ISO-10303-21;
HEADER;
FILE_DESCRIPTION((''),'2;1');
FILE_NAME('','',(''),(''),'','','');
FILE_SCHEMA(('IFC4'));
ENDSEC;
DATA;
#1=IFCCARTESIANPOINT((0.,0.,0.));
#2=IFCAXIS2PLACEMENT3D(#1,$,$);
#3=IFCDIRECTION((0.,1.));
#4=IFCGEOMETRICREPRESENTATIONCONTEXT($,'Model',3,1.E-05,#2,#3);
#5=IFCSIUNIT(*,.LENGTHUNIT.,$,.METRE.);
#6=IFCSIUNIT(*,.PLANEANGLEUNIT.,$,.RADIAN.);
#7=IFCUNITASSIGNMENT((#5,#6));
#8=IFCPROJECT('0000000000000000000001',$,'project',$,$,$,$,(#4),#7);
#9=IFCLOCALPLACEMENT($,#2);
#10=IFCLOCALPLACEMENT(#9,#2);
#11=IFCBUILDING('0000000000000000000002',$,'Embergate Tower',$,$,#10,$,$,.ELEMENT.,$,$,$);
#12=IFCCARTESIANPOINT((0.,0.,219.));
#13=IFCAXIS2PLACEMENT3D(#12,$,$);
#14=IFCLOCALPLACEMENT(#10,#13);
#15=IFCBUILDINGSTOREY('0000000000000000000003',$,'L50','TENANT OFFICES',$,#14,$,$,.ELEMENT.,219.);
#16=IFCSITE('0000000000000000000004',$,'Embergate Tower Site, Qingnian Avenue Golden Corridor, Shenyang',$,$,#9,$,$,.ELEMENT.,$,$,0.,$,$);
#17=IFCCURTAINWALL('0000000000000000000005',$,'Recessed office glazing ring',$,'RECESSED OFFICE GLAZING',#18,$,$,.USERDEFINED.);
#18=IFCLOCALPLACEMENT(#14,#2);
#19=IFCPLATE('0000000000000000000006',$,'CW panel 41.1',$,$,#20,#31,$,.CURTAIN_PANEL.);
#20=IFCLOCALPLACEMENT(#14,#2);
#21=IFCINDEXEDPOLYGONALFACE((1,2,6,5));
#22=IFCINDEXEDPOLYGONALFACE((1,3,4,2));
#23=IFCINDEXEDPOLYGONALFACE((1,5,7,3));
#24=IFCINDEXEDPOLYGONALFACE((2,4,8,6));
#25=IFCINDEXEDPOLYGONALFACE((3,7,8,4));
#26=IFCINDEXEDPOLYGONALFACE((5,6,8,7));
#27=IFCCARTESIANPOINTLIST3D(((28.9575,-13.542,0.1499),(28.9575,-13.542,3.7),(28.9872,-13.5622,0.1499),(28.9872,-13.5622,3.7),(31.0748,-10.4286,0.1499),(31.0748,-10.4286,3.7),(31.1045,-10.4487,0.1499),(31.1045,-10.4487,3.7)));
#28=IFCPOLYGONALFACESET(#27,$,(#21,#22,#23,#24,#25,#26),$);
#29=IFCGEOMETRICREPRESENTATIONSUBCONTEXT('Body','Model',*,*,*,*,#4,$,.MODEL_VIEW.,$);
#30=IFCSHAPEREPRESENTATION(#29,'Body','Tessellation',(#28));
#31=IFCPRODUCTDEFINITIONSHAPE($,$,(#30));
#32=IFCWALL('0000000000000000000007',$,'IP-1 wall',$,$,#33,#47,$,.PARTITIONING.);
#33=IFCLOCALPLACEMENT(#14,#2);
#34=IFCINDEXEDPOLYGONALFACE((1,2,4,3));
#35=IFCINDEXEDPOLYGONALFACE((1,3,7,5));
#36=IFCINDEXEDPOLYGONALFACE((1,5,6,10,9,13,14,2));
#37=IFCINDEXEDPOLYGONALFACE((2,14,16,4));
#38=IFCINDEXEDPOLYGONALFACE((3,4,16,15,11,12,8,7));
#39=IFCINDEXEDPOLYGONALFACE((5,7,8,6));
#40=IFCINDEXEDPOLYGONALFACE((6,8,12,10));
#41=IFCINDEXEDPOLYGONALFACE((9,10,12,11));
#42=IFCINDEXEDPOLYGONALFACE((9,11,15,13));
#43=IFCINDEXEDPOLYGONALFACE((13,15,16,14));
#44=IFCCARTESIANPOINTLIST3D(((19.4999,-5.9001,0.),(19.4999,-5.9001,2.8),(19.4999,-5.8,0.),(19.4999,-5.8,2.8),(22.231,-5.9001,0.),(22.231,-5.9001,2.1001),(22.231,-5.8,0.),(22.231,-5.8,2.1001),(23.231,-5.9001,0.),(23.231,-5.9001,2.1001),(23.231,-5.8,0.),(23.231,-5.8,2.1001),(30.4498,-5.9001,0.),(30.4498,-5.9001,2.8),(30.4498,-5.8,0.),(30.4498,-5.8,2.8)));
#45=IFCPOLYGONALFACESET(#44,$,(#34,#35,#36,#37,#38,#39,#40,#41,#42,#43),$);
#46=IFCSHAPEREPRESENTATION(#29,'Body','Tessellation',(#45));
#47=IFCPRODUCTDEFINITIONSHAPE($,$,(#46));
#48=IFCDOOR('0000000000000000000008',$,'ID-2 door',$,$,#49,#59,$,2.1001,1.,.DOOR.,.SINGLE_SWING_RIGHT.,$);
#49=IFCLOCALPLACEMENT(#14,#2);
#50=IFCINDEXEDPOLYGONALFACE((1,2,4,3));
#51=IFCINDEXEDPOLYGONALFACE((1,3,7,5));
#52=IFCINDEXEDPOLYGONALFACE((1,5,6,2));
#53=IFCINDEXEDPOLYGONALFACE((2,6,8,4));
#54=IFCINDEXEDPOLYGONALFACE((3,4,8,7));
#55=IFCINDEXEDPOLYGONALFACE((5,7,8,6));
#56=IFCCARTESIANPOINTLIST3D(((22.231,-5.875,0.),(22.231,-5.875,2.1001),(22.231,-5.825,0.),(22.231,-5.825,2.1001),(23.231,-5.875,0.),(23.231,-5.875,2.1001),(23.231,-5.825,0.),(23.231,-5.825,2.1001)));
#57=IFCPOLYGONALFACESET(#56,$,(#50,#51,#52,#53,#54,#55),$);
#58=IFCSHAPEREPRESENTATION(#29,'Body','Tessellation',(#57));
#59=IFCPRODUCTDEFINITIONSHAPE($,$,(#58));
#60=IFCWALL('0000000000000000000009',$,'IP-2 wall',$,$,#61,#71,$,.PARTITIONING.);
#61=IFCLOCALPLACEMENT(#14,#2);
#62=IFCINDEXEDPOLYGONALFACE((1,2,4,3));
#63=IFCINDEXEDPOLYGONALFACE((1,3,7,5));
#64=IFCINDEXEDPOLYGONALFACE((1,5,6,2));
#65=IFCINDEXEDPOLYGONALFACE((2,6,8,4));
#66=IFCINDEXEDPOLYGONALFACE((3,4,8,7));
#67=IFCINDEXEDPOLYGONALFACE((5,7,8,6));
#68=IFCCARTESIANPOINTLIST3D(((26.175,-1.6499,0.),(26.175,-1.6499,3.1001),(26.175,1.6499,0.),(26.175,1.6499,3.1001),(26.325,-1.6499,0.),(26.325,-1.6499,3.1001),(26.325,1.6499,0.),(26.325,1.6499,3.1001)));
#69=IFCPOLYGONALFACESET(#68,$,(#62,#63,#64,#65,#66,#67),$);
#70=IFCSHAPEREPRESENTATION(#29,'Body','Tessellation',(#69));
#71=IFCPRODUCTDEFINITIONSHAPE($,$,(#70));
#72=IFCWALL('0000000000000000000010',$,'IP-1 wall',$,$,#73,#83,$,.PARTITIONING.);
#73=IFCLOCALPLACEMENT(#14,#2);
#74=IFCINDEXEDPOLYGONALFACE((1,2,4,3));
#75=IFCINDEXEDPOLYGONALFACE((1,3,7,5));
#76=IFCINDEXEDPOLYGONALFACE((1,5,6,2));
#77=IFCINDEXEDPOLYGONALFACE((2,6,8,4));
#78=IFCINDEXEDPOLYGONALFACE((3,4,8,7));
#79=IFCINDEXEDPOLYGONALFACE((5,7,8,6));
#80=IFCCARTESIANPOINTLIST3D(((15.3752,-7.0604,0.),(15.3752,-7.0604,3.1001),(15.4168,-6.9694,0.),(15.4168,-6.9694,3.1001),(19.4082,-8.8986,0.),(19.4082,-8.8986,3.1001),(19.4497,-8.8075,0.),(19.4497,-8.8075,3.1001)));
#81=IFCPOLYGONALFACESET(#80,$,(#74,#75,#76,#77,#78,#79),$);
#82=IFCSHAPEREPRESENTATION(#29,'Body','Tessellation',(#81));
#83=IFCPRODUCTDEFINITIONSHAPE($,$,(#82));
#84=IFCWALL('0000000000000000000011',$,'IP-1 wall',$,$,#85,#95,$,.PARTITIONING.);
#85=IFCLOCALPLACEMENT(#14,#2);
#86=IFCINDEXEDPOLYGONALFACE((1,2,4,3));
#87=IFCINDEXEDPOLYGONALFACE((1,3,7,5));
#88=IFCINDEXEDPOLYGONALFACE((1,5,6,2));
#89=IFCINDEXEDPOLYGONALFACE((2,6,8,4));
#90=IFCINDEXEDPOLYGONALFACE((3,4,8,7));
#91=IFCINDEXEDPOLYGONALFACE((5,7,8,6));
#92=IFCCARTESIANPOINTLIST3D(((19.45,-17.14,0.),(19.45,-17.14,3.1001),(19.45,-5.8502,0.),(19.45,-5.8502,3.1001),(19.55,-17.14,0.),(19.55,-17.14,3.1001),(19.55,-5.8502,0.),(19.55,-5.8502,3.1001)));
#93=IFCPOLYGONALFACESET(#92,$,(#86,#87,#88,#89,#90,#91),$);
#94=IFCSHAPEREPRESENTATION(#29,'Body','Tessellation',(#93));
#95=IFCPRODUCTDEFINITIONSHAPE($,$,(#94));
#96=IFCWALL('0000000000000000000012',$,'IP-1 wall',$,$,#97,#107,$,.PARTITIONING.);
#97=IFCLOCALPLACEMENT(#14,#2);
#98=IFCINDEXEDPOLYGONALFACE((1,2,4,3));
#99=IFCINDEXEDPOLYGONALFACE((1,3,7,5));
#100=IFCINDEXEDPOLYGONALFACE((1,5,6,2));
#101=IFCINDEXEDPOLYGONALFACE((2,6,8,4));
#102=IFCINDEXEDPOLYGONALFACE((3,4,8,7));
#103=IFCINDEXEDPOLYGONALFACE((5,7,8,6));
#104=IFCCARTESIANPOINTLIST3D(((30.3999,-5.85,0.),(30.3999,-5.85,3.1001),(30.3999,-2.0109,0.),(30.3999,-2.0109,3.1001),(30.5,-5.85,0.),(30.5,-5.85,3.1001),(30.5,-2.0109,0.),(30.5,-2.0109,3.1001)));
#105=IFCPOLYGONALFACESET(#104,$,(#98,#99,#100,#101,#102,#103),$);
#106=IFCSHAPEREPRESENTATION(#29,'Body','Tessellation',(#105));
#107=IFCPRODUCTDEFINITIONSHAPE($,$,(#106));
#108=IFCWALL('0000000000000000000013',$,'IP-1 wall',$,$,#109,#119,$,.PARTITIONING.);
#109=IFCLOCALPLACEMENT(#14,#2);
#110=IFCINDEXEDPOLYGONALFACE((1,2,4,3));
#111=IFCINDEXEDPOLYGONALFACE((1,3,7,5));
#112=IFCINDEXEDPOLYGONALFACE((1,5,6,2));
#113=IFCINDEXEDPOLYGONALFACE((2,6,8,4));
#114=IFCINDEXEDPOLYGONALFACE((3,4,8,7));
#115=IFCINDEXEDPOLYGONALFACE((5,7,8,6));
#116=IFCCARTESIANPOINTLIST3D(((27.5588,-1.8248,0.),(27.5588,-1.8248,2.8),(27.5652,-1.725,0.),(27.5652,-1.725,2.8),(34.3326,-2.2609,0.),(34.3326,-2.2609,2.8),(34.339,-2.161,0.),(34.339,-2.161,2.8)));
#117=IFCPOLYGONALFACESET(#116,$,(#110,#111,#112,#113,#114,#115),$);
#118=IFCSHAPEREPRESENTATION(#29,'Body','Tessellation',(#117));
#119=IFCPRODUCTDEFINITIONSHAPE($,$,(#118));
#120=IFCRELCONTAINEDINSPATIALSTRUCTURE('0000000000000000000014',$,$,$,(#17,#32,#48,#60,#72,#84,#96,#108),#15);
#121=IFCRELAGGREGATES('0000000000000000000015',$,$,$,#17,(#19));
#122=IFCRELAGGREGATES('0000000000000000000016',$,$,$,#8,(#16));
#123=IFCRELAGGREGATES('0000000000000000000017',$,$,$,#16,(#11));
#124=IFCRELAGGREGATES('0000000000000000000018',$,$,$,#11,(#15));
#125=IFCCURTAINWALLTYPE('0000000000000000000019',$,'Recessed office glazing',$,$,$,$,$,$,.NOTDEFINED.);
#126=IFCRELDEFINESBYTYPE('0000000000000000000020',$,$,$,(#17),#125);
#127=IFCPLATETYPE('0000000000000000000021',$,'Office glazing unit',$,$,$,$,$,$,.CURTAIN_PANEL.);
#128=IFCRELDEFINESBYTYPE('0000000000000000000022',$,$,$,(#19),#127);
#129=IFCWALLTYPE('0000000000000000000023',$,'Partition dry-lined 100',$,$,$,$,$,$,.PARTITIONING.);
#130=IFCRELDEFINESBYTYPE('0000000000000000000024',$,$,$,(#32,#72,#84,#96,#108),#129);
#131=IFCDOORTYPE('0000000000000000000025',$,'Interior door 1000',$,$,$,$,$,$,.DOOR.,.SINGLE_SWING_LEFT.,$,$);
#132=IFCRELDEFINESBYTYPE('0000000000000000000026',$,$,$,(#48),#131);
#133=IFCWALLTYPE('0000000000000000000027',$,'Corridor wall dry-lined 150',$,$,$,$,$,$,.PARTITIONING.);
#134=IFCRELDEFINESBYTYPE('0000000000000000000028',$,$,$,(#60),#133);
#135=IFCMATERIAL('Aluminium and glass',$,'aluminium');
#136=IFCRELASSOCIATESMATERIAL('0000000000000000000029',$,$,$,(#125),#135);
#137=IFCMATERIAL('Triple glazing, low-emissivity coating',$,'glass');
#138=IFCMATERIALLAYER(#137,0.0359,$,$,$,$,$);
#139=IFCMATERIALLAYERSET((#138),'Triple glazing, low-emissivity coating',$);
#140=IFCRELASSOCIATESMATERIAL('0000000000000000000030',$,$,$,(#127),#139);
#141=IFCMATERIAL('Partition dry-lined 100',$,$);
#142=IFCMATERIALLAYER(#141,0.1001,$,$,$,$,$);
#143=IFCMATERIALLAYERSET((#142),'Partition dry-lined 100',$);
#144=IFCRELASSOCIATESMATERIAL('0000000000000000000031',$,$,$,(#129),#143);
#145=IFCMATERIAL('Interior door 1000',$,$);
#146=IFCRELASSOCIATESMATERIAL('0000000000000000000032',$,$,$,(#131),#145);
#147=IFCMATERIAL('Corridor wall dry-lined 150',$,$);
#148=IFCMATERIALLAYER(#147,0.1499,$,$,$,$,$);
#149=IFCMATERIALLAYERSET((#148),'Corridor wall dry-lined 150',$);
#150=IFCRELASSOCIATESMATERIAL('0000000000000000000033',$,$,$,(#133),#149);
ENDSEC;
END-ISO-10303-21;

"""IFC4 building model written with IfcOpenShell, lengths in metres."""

from ifc_helpers import new_model, si_unit, direction, frame, frame_2d, origin, origin_2d, place, context, subcontext, project, spatial, rectangle, extrude, source, transform, mapped, material, layer, layer_set, type_object, element, fill, aggregate, save


model = new_model("IFC4")

# Units and contexts
model_context = context("Model", 3, precision=1e-05, world=origin(), true_north=direction((0.0, 1.0)))
body_context = subcontext(model_context, "Body", "Model", "MODEL_VIEW")
ifc_project = project(units=[si_unit("LENGTHUNIT", "METRE"), si_unit("PLANEANGLEUNIT", "RADIAN")], contexts=[model_context])

# Site, building, storey
site_placement = place(None, origin())
site = spatial("IfcSite", under=ifc_project, at=site_placement, Name="Embergate Tower Site, Qingnian Avenue Golden Corridor, Shenyang", CompositionType="ELEMENT", RefElevation=0.0)
building_placement = place(site_placement, origin())
building = spatial("IfcBuilding", under=site, at=building_placement, Name="Embergate Tower", CompositionType="ELEMENT")
storey_placement = place(building_placement, frame((0.0, 0.0, 219.0)))
storey = spatial("IfcBuildingStorey", under=building, at=storey_placement, Name="L50", Description="TENANT OFFICES", CompositionType="ELEMENT", Elevation=219.0)

# Curtain wall, plate
ifc_material_1 = material(Name="Aluminium and glass", Category="aluminium")
curtain_wall_type = type_object("IfcCurtainWallType", Name="Recessed office glazing", PredefinedType="NOTDEFINED", material=ifc_material_1)
curtain_wall_placement = place(storey_placement, origin())
curtain_wall = element("IfcCurtainWall", 1, at=curtain_wall_placement, inside=storey, type_object=curtain_wall_type, Name="Recessed office glazing ring", ObjectType="RECESSED OFFICE GLAZING", PredefinedType="USERDEFINED")
ifc_material_2 = material(Name="Triple glazing, low-emissivity coating", Category="glass")
ifc_layer_1 = layer(ifc_material_2, 0.0359)
ifc_layer_set_1 = layer_set([ifc_layer_1], Name="Triple glazing, low-emissivity coating")
plate_type = type_object("IfcPlateType", Name="Office glazing unit", PredefinedType="CURTAIN_PANEL", material=ifc_layer_set_1)
shared_shape_1 = source(origin(), body_context, "Body", "SweptSolid", [
    extrude(rectangle(XDim=3.7651, YDim=0.0359, at=origin_2d()), origin(), (0.0, 0.0, 1.0), 3.55),
])
plate_1_placement = place(storey_placement, frame((30.031, -11.9954, 0.1499), z_axis=(0.0, 0.0, 1.0), x_axis=(0.562339, 0.826907, 0.0)))
plate_1 = element("IfcPlate", 2, at=plate_1_placement, type_object=plate_type, Name="CW panel 41.1", PredefinedType="CURTAIN_PANEL", context=body_context, shape_type="MappedRepresentation", body=[
    mapped(shared_shape_1, transform((0.0, 0.0, 0.0))),
])
aggregate(curtain_wall, [plate_1])

# Wall, opening, door
ifc_material_3 = material(Name="Partition dry-lined 100")
ifc_layer_2 = layer(ifc_material_3, 0.1001)
ifc_layer_set_2 = layer_set([ifc_layer_2], Name="Partition dry-lined 100")
wall_type_1 = type_object("IfcWallType", Name="Partition dry-lined 100", PredefinedType="PARTITIONING", material=ifc_layer_set_2)
shared_shape_2 = source(origin(), body_context, "Body", "SweptSolid", [
    extrude(rectangle(XDim=10.95, YDim=0.1001, at=frame_2d((5.4751, 0.0))), origin(), (0.0, 0.0, 1.0), 2.8),
])
wall_1_placement = place(storey_placement, frame((30.45, -5.8501, 0.0), z_axis=(0.0, 0.0, 1.0), x_axis=(-1.0, 0.0, 0.0)))
wall_1 = element("IfcWall", 3, at=wall_1_placement, inside=storey, type_object=wall_type_1, Name="IP-1 wall", PredefinedType="PARTITIONING", context=body_context, shape_type="MappedRepresentation", body=[
    mapped(shared_shape_2, transform((0.0, 0.0, 0.0))),
])
shared_shape_3 = source(origin(), body_context, "Body", "SweptSolid", [
    extrude(rectangle(XDim=1.0, YDim=2.1001, at=frame_2d((0.5, 1.05))), frame((0.0, 0.0601, 0.0), z_axis=(0.0, -1.0, 0.0), x_axis=(1.0, 0.0, 0.0)), (0.0, 0.0, 1.0), 0.1201),
])
opening_placement = place(wall_1_placement, frame((7.219, 0.0, 0.0)))
opening = element("IfcOpeningElement", 4, at=opening_placement, cuts=wall_1, PredefinedType="OPENING", context=body_context, shape_type="MappedRepresentation", body=[
    mapped(shared_shape_3, transform((0.0, 0.0, 0.0))),
])
ifc_material_4 = material(Name="Interior door 1000")
door_type = type_object("IfcDoorType", Name="Interior door 1000", OperationType="SINGLE_SWING_LEFT", PredefinedType="DOOR", material=ifc_material_4)
shared_shape_4 = source(origin(), body_context, "Body", "SweptSolid", [
    extrude(rectangle(XDim=1.0, YDim=2.1001, at=frame_2d((0.5, 1.05))), frame((0.0, 0.0249, 0.0), z_axis=(0.0, -1.0, 0.0), x_axis=(1.0, 0.0, 0.0)), (0.0, 0.0, 1.0), 0.05),
])
door_placement = place(opening_placement, origin())
door = element("IfcDoor", 5, at=door_placement, inside=storey, type_object=door_type, Name="ID-2 door", OperationType="SINGLE_SWING_RIGHT", OverallHeight=2.1001, OverallWidth=1.0, PredefinedType="DOOR", context=body_context, shape_type="MappedRepresentation", body=[
    mapped(shared_shape_4, transform((0.0, 0.0, 0.0))),
])
fill(opening, door)

# Walls
ifc_material_5 = material(Name="Corridor wall dry-lined 150")
ifc_layer_3 = layer(ifc_material_5, 0.1499)
ifc_layer_set_3 = layer_set([ifc_layer_3], Name="Corridor wall dry-lined 150")
wall_type_2 = type_object("IfcWallType", Name="Corridor wall dry-lined 150", PredefinedType="PARTITIONING", material=ifc_layer_set_3)
shared_shape_5 = source(origin(), body_context, "Body", "SweptSolid", [
    extrude(rectangle(XDim=3.2998, YDim=0.1499, at=frame_2d((1.6499, 0.0))), origin(), (0.0, 0.0, 1.0), 3.1001),
])
wall_2_placement = place(storey_placement, frame((26.25, -1.6499, 0.0), z_axis=(0.0, 0.0, 1.0), x_axis=(0.0, 1.0, 0.0)))
element("IfcWall", 6, at=wall_2_placement, inside=storey, type_object=wall_type_2, Name="IP-2 wall", PredefinedType="PARTITIONING", context=body_context, shape_type="MappedRepresentation", body=[
    mapped(shared_shape_5, transform((0.0, 0.0, 0.0))),
])
shared_shape_6 = source(origin(), body_context, "Body", "SweptSolid", [
    extrude(rectangle(XDim=4.4321, YDim=0.1001, at=frame_2d((2.2161, 0.0))), origin(), (0.0, 0.0, 1.0), 3.1001),
])
wall_3_placement = place(storey_placement, frame((15.396, -7.0149, 0.0), z_axis=(0.0, 0.0, 1.0), x_axis=(0.909943, -0.414732, 0.0)))
element("IfcWall", 7, at=wall_3_placement, inside=storey, type_object=wall_type_1, Name="IP-1 wall", PredefinedType="PARTITIONING", context=body_context, shape_type="MappedRepresentation", body=[
    mapped(shared_shape_6, transform((0.0, 0.0, 0.0))),
])
shared_shape_7 = source(origin(), body_context, "Body", "SweptSolid", [
    extrude(rectangle(XDim=11.2898, YDim=0.1001, at=frame_2d((5.645, 0.0))), origin(), (0.0, 0.0, 1.0), 3.1001),
])
wall_4_placement = place(storey_placement, frame((19.5, -5.8501, 0.0), z_axis=(0.0, 0.0, 1.0), x_axis=(0.0, -1.0, 0.0)))
element("IfcWall", 8, at=wall_4_placement, inside=storey, type_object=wall_type_1, Name="IP-1 wall", PredefinedType="PARTITIONING", context=body_context, shape_type="MappedRepresentation", body=[
    mapped(shared_shape_7, transform((0.0, 0.0, 0.0))),
])
shared_shape_8 = source(origin(), body_context, "Body", "SweptSolid", [
    extrude(rectangle(XDim=3.8391, YDim=0.1001, at=frame_2d((1.9194, 0.0))), origin(), (0.0, 0.0, 1.0), 3.1001),
])
wall_5_placement = place(storey_placement, frame((30.45, -2.011, 0.0), z_axis=(0.0, 0.0, 1.0), x_axis=(0.0, -1.0, 0.0)))
element("IfcWall", 9, at=wall_5_placement, inside=storey, type_object=wall_type_1, Name="IP-1 wall", PredefinedType="PARTITIONING", context=body_context, shape_type="MappedRepresentation", body=[
    mapped(shared_shape_8, transform((0.0, 0.0, 0.0))),
])
shared_shape_9 = source(origin(), body_context, "Body", "SweptSolid", [
    extrude(rectangle(XDim=6.7878, YDim=0.1001, at=frame_2d((3.394, 0.0))), origin(), (0.0, 0.0, 1.0), 2.8),
])
wall_6_placement = place(storey_placement, frame((34.3359, -2.2109, 0.0), z_axis=(0.0, 0.0, 1.0), x_axis=(-0.997935, 0.064237, 0.0)))
element("IfcWall", 10, at=wall_6_placement, inside=storey, type_object=wall_type_1, Name="IP-1 wall", PredefinedType="PARTITIONING", context=body_context, shape_type="MappedRepresentation", body=[
    mapped(shared_shape_9, transform((0.0, 0.0, 0.0))),
])

save(model, "model.ifc")
